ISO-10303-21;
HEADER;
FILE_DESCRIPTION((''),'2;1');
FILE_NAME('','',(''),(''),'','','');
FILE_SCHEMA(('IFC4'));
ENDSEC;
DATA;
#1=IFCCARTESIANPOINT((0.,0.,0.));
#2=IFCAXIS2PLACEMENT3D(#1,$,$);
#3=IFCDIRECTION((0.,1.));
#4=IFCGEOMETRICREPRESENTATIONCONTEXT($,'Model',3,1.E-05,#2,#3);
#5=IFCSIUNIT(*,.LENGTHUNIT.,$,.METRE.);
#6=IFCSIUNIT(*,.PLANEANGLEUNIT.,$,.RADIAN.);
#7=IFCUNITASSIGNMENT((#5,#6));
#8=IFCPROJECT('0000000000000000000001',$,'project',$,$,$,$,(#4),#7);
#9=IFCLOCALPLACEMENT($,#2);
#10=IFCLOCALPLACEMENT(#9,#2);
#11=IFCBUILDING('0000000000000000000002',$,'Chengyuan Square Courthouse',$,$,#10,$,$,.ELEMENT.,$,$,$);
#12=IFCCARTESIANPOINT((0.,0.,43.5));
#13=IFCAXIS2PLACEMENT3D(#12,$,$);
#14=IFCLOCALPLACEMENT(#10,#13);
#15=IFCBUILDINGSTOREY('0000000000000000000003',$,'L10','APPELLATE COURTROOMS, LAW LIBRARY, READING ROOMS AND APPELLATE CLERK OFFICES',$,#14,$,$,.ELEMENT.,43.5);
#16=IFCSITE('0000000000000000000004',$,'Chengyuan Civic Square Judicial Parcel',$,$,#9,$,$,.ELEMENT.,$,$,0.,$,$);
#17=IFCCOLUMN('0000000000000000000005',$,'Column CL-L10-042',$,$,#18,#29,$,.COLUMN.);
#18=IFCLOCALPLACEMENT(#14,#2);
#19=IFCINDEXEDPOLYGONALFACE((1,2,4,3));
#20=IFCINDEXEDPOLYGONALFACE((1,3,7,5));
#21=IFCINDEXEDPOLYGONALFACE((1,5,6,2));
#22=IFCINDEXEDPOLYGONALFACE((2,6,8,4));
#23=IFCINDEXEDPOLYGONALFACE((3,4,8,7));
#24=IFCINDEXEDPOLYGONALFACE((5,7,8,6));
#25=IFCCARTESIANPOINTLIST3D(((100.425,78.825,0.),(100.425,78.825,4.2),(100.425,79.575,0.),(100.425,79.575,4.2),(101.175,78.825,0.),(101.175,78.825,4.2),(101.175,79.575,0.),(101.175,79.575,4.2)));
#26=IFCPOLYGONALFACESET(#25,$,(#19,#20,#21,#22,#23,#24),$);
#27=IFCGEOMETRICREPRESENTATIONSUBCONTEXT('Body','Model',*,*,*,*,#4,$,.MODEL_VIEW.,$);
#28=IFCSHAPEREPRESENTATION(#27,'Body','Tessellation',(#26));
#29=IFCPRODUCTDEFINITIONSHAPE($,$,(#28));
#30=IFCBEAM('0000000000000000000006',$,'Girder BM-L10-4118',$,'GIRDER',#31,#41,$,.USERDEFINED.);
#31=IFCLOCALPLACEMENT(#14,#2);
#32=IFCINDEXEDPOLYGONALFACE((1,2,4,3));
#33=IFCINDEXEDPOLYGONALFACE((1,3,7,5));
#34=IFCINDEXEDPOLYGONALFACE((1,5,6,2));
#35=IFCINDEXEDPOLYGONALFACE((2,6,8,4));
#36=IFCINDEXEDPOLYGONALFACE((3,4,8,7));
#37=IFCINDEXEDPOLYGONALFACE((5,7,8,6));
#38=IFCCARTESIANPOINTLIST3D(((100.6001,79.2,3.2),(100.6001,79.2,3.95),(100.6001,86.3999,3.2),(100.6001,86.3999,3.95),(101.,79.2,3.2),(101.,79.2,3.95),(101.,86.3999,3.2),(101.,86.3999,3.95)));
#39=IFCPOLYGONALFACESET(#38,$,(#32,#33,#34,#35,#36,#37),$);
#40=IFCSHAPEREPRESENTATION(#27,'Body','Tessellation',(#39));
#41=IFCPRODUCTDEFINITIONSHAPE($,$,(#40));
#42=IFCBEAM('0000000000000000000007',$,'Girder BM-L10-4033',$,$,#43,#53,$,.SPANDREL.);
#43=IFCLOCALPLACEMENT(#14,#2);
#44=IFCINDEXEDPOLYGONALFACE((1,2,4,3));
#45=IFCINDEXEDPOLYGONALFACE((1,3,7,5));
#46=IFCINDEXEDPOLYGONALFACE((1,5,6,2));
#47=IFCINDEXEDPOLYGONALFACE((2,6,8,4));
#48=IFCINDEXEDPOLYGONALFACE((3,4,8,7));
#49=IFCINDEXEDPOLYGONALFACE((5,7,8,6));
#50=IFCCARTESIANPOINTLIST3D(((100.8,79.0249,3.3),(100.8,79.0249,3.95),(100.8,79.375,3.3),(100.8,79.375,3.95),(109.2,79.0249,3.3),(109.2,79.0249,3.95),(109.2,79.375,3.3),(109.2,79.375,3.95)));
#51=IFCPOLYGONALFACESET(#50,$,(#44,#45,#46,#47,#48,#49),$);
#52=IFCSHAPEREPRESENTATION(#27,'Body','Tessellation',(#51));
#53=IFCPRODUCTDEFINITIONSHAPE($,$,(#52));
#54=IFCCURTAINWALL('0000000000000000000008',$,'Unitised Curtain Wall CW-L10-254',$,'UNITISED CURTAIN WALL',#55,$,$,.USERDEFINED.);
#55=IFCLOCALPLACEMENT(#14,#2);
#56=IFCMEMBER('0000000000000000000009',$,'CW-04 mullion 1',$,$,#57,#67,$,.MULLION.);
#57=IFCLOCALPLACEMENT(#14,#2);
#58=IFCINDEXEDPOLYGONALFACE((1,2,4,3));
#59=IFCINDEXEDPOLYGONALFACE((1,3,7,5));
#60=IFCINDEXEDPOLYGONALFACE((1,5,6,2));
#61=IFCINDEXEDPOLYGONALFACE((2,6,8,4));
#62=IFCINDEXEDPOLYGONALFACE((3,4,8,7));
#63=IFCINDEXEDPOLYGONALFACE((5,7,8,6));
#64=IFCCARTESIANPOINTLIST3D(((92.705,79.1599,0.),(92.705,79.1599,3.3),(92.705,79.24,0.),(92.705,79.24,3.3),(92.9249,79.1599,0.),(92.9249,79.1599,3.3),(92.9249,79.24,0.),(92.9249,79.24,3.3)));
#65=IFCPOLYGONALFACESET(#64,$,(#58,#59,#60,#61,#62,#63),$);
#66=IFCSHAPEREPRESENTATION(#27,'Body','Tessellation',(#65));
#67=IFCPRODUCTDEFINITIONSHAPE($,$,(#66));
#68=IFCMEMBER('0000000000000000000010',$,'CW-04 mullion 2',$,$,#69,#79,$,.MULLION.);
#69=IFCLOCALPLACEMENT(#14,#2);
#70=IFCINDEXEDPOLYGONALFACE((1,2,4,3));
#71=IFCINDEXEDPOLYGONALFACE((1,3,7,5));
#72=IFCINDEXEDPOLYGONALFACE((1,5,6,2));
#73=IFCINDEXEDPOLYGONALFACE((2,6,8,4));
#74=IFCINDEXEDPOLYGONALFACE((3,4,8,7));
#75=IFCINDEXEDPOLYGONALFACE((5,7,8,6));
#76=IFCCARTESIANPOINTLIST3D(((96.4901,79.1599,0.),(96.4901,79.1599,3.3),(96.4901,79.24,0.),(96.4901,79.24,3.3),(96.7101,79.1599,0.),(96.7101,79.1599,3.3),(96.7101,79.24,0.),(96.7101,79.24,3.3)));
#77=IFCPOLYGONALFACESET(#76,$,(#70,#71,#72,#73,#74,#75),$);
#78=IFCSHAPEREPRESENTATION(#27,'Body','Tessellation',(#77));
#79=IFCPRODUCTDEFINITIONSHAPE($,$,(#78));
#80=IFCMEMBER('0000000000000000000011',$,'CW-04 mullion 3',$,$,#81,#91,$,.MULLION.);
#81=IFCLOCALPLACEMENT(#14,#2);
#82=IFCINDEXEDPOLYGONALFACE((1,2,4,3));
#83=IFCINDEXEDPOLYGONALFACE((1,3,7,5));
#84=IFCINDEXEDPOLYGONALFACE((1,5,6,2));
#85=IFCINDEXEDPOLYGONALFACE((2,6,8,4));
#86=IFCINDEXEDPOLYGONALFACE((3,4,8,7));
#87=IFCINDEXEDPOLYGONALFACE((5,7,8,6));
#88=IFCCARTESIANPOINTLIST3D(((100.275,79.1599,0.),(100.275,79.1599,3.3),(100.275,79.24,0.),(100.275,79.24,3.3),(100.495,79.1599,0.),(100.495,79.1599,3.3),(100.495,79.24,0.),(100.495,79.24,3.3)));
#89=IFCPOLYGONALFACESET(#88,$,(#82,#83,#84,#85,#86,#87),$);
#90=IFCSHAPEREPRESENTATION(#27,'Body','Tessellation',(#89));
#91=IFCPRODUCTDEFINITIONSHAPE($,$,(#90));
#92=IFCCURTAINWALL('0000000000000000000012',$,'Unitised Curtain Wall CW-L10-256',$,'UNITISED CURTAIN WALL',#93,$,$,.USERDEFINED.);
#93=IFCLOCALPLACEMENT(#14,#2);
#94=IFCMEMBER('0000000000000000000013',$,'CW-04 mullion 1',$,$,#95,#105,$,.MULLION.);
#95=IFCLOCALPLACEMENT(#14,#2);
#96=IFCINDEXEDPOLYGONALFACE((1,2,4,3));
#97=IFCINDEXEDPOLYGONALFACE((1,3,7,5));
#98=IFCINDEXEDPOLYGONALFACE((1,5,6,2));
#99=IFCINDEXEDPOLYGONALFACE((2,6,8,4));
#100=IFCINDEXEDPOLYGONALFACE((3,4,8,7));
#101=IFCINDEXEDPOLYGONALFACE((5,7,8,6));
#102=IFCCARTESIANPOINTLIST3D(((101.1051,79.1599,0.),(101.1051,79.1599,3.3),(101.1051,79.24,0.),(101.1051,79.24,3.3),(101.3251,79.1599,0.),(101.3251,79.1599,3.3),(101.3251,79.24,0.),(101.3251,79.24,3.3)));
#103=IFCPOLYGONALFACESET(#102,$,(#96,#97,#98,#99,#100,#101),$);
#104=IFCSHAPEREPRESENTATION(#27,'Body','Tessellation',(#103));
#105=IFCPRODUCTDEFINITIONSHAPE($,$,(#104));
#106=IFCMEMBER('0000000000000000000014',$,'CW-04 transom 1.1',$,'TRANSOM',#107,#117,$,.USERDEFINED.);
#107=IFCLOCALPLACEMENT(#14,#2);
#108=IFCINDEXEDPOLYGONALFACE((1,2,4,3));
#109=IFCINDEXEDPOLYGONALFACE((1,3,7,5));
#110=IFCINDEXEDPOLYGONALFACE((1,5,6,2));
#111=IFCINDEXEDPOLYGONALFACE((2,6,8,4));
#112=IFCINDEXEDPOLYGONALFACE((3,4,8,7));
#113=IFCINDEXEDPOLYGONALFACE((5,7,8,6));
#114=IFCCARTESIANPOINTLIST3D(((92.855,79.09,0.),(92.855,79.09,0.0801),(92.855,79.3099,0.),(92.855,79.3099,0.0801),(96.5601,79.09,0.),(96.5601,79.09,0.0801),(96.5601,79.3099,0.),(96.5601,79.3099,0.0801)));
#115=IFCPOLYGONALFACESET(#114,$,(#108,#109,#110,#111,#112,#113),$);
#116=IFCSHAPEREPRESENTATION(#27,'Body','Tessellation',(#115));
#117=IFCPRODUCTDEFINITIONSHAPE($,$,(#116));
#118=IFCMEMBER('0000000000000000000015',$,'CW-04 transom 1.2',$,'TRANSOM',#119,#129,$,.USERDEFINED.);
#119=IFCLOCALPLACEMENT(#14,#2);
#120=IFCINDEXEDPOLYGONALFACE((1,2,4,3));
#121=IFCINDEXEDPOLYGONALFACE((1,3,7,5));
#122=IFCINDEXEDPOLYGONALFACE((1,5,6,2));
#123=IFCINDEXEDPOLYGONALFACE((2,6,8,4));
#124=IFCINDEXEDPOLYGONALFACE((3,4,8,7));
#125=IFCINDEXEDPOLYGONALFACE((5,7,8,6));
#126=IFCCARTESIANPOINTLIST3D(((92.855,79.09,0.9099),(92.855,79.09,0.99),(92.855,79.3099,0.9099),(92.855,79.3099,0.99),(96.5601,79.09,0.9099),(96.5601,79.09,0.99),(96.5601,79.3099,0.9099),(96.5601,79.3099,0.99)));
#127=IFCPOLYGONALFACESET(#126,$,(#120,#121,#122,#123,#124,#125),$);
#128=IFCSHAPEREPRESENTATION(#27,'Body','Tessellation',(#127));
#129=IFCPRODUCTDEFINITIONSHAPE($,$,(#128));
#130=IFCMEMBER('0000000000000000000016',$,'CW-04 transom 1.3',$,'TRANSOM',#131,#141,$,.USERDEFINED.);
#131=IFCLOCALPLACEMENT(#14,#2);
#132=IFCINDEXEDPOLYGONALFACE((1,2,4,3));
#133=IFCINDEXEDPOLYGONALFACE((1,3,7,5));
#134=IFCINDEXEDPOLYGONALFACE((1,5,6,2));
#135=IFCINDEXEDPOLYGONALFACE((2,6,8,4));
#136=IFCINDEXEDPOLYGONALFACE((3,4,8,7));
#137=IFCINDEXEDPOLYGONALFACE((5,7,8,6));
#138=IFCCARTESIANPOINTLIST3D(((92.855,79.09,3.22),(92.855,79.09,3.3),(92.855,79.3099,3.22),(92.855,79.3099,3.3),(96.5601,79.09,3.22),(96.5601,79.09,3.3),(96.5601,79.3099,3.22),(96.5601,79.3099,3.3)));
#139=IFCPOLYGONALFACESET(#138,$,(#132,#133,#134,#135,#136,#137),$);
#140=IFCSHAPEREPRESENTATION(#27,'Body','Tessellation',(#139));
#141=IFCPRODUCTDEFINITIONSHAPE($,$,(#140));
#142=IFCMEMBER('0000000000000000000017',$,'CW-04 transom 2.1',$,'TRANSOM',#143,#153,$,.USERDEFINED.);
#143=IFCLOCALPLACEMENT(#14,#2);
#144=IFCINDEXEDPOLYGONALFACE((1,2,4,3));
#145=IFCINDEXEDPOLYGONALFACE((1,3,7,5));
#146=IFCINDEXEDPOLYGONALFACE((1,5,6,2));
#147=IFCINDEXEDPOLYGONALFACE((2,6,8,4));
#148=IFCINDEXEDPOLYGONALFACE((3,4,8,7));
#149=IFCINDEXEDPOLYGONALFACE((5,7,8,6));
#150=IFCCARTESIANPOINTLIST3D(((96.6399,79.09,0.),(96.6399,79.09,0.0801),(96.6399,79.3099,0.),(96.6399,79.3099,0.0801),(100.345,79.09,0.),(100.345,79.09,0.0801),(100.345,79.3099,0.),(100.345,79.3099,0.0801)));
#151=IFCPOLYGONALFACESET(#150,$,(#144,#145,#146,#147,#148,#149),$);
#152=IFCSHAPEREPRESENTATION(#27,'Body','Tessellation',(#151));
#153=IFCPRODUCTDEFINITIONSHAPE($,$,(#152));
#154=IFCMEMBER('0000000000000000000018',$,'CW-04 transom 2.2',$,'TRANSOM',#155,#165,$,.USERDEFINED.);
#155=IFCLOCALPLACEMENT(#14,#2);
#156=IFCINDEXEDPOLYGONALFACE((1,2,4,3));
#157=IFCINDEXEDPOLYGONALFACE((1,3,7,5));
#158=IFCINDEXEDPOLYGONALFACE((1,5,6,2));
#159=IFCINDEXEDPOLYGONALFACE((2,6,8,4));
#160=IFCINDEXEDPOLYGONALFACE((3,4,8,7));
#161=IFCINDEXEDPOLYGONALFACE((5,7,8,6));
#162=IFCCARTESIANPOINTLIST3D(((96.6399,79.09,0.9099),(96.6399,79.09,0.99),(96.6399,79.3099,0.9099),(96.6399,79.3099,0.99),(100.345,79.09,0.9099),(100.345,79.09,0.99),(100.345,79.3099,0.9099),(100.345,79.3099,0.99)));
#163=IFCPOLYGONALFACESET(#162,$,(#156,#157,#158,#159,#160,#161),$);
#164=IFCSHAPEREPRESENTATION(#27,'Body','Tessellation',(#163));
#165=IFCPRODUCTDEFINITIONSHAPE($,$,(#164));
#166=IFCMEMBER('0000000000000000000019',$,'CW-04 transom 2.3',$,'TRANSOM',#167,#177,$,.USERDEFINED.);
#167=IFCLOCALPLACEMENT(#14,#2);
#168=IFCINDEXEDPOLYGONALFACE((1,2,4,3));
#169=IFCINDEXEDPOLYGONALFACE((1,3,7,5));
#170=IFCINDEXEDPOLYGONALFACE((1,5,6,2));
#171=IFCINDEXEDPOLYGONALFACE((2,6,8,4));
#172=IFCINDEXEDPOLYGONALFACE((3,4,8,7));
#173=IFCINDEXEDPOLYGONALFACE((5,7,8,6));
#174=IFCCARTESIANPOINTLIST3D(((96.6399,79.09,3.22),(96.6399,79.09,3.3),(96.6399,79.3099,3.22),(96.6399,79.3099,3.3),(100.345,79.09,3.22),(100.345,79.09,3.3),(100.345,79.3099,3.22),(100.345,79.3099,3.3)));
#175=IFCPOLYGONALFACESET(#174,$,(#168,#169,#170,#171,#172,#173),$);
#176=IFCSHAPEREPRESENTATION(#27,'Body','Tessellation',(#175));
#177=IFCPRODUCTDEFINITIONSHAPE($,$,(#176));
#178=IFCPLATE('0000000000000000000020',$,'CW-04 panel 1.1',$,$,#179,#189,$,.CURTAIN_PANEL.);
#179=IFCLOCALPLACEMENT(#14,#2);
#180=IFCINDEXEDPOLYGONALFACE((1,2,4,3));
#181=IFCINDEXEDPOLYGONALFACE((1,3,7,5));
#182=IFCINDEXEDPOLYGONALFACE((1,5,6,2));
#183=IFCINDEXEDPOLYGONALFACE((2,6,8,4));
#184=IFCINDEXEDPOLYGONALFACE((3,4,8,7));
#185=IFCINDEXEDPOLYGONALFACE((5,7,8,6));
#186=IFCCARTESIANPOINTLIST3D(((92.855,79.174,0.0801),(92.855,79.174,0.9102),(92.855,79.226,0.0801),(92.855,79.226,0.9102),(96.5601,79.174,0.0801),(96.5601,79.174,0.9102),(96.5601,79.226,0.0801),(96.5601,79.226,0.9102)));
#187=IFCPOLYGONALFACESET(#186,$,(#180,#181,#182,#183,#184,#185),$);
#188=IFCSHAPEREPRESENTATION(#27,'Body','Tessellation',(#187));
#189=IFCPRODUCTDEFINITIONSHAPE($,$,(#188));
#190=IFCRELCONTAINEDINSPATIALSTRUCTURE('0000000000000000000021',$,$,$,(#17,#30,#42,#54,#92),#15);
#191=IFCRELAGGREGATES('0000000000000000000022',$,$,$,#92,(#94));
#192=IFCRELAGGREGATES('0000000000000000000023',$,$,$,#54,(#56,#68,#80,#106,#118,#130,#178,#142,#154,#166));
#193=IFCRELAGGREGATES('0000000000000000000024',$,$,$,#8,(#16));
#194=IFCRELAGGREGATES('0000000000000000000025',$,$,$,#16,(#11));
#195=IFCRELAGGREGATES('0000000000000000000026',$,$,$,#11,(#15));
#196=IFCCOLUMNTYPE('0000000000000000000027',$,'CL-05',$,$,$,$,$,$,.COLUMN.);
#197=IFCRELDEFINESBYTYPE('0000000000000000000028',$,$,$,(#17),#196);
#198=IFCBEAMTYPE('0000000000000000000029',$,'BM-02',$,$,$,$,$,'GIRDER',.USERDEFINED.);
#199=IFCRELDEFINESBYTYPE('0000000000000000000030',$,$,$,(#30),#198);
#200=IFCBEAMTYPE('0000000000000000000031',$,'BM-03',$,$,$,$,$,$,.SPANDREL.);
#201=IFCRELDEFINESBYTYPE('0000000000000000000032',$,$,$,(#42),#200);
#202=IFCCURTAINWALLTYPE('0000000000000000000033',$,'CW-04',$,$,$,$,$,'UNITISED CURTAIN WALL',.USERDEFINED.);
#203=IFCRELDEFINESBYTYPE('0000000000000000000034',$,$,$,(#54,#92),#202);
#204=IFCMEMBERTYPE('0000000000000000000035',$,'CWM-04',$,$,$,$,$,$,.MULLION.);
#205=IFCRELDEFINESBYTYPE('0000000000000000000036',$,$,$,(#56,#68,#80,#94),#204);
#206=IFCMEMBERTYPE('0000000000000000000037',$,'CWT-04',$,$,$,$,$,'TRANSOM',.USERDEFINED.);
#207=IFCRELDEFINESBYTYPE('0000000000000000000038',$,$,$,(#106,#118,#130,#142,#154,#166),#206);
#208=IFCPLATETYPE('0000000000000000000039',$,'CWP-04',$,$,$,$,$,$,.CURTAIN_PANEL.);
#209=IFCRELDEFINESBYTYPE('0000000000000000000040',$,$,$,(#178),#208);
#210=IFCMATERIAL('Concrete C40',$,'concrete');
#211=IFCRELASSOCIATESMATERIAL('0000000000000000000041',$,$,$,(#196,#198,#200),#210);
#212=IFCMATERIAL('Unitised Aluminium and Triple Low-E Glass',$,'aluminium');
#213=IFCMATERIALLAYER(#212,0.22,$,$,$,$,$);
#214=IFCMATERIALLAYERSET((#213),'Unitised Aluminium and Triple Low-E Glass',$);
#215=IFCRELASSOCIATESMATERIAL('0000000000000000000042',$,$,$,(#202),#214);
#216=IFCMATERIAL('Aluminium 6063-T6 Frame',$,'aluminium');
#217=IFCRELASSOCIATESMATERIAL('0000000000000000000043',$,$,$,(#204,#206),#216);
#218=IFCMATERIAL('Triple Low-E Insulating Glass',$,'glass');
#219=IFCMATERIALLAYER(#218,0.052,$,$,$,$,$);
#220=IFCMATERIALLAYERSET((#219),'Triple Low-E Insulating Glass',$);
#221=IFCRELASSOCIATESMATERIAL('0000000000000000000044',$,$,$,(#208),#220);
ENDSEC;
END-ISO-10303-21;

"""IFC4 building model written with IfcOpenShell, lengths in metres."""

from ifc_helpers import new_model, si_unit, direction, frame, origin, origin_2d, place, context, subcontext, project, spatial, rectangle, extrude, material, layer, layer_set, material_profile, profile_set, type_object, element, aggregate, save


model = new_model("IFC4")

# Units and contexts
model_context = context("Model", 3, precision=1e-05, world=origin(), true_north=direction((0.0, 1.0)))
body_context = subcontext(model_context, "Body", "Model", "MODEL_VIEW")
ifc_project = project(units=[si_unit("LENGTHUNIT", "METRE"), si_unit("PLANEANGLEUNIT", "RADIAN")], contexts=[model_context])

# Site, building, storey
site_placement = place(None, origin())
site = spatial("IfcSite", under=ifc_project, at=site_placement, Name="Chengyuan Civic Square Judicial Parcel", CompositionType="ELEMENT", RefElevation=0.0)
building_placement = place(site_placement, origin())
building = spatial("IfcBuilding", under=site, at=building_placement, Name="Chengyuan Square Courthouse", CompositionType="ELEMENT")
storey_placement = place(building_placement, frame((0.0, 0.0, 43.5)))
storey = spatial("IfcBuildingStorey", under=building, at=storey_placement, Name="L10", Description="APPELLATE COURTROOMS, LAW LIBRARY, READING ROOMS AND APPELLATE CLERK OFFICES", CompositionType="ELEMENT", Elevation=43.5)

# Column
ifc_material_1 = material(Name="Concrete C40", Category="concrete")
ifc_material_profile_1 = material_profile(ifc_material_1, rectangle(XDim=0.75, YDim=0.75, at=origin_2d()), Name="RC-COL-750x750")
ifc_profile_set_1 = profile_set([ifc_material_profile_1], Name="Concrete C40")
column_type = type_object("IfcColumnType", Name="CL-05", PredefinedType="COLUMN", material=ifc_profile_set_1)
column_placement = place(storey_placement, frame((100.8, 79.2, 0.0), z_axis=(0.0, 0.0, 1.0), x_axis=(1.0, 0.0, 0.0)))
element("IfcColumn", 1, at=column_placement, inside=storey, type_object=column_type, Name="Column CL-L10-042", PredefinedType="COLUMN", context=body_context, shape_type="SweptSolid", body=[
    extrude(rectangle(XDim=0.75, YDim=0.75, at=origin_2d()), origin(), (0.0, 0.0, 1.0), 4.2),
])

# Beams
ifc_material_profile_2 = material_profile(ifc_material_1, rectangle(XDim=0.3999, YDim=0.75, at=origin_2d()), Name="RC-BM-400x750")
ifc_profile_set_2 = profile_set([ifc_material_profile_2], Name="Concrete C40")
beam_type_1 = type_object("IfcBeamType", Name="BM-02", ElementType="GIRDER", PredefinedType="USERDEFINED", material=ifc_profile_set_2)
beam_1_placement = place(storey_placement, frame((100.8, 79.2, 3.575), z_axis=(0.0, 1.0, 0.0), x_axis=(-1.0, 0.0, 0.0)))
element("IfcBeam", 2, at=beam_1_placement, inside=storey, type_object=beam_type_1, Name="Girder BM-L10-4118", ObjectType="GIRDER", PredefinedType="USERDEFINED", context=body_context, shape_type="SweptSolid", body=[
    extrude(rectangle(XDim=0.3999, YDim=0.75, at=origin_2d()), origin(), (0.0, 0.0, 1.0), 7.2),
])
ifc_material_profile_3 = material_profile(ifc_material_1, rectangle(XDim=0.3501, YDim=0.6499, at=origin_2d()), Name="RC-BM-350x650")
ifc_profile_set_3 = profile_set([ifc_material_profile_3], Name="Concrete C40")
beam_type_2 = type_object("IfcBeamType", Name="BM-03", PredefinedType="SPANDREL", material=ifc_profile_set_3)
beam_2_placement = place(storey_placement, frame((100.8, 79.2, 3.625), z_axis=(1.0, 0.0, 0.0), x_axis=(0.0, 1.0, 0.0)))
element("IfcBeam", 3, at=beam_2_placement, inside=storey, type_object=beam_type_2, Name="Girder BM-L10-4033", PredefinedType="SPANDREL", context=body_context, shape_type="SweptSolid", body=[
    extrude(rectangle(XDim=0.3501, YDim=0.6499, at=origin_2d()), origin(), (0.0, 0.0, 1.0), 8.3999),
])

# Curtain wall, members
ifc_material_2 = material(Name="Unitised Aluminium and Triple Low-E Glass", Category="aluminium")
ifc_layer_1 = layer(ifc_material_2, 0.22)
ifc_layer_set_1 = layer_set([ifc_layer_1], Name="Unitised Aluminium and Triple Low-E Glass")
curtain_wall_type = type_object("IfcCurtainWallType", Name="CW-04", ElementType="UNITISED CURTAIN WALL", PredefinedType="USERDEFINED", material=ifc_layer_set_1)
curtain_wall_1_placement = place(storey_placement, origin())
curtain_wall_1 = element("IfcCurtainWall", 4, at=curtain_wall_1_placement, inside=storey, type_object=curtain_wall_type, Name="Unitised Curtain Wall CW-L10-254", ObjectType="UNITISED CURTAIN WALL", PredefinedType="USERDEFINED")
ifc_material_3 = material(Name="Aluminium 6063-T6 Frame", Category="aluminium")
ifc_material_profile_4 = material_profile(ifc_material_3, rectangle(XDim=0.0801, YDim=0.22, at=origin_2d()), Name="CW-MUL-80x220")
ifc_profile_set_4 = profile_set([ifc_material_profile_4], Name="Aluminium 6063-T6 Frame")
member_type_1 = type_object("IfcMemberType", Name="CWM-04", PredefinedType="MULLION", material=ifc_profile_set_4)
member_1_placement = place(storey_placement, frame((92.8149, 79.2, 0.0), z_axis=(0.0, 0.0, 1.0), x_axis=(0.0, 1.0, 0.0)))
member_1 = element("IfcMember", 5, at=member_1_placement, type_object=member_type_1, Name="CW-04 mullion 1", PredefinedType="MULLION", context=body_context, shape_type="SweptSolid", body=[
    extrude(rectangle(XDim=0.0801, YDim=0.22, at=origin_2d()), origin(), (0.0, 0.0, 1.0), 3.3),
])
member_2_placement = place(storey_placement, frame((96.6001, 79.2, 0.0), z_axis=(0.0, 0.0, 1.0), x_axis=(0.0, 1.0, 0.0)))
member_2 = element("IfcMember", 6, at=member_2_placement, type_object=member_type_1, Name="CW-04 mullion 2", PredefinedType="MULLION", context=body_context, shape_type="SweptSolid", body=[
    extrude(rectangle(XDim=0.0801, YDim=0.22, at=origin_2d()), origin(), (0.0, 0.0, 1.0), 3.3),
])
member_3_placement = place(storey_placement, frame((100.385, 79.2, 0.0), z_axis=(0.0, 0.0, 1.0), x_axis=(0.0, 1.0, 0.0)))
member_3 = element("IfcMember", 7, at=member_3_placement, type_object=member_type_1, Name="CW-04 mullion 3", PredefinedType="MULLION", context=body_context, shape_type="SweptSolid", body=[
    extrude(rectangle(XDim=0.0801, YDim=0.22, at=origin_2d()), origin(), (0.0, 0.0, 1.0), 3.3),
])

# Curtain wall, member
curtain_wall_2_placement = place(storey_placement, origin())
curtain_wall_2 = element("IfcCurtainWall", 8, at=curtain_wall_2_placement, inside=storey, type_object=curtain_wall_type, Name="Unitised Curtain Wall CW-L10-256", ObjectType="UNITISED CURTAIN WALL", PredefinedType="USERDEFINED")
member_4_placement = place(storey_placement, frame((101.2151, 79.2, 0.0), z_axis=(0.0, 0.0, 1.0), x_axis=(0.0, 1.0, 0.0)))
member_4 = element("IfcMember", 9, at=member_4_placement, type_object=member_type_1, Name="CW-04 mullion 1", PredefinedType="MULLION", context=body_context, shape_type="SweptSolid", body=[
    extrude(rectangle(XDim=0.0801, YDim=0.22, at=origin_2d()), origin(), (0.0, 0.0, 1.0), 3.3),
])
aggregate(curtain_wall_2, [member_4])

# Members
ifc_material_profile_5 = material_profile(ifc_material_3, rectangle(XDim=0.22, YDim=0.0801, at=origin_2d()), Name="CW-TRN-80x180")
ifc_profile_set_5 = profile_set([ifc_material_profile_5], Name="Aluminium 6063-T6 Frame")
member_type_2 = type_object("IfcMemberType", Name="CWT-04", ElementType="TRANSOM", PredefinedType="USERDEFINED", material=ifc_profile_set_5)
member_5_placement = place(storey_placement, frame((92.855, 79.2, 0.04), z_axis=(1.0, 0.0, 0.0), x_axis=(0.0, 1.0, 0.0)))
member_5 = element("IfcMember", 10, at=member_5_placement, type_object=member_type_2, Name="CW-04 transom 1.1", ObjectType="TRANSOM", PredefinedType="USERDEFINED", context=body_context, shape_type="SweptSolid", body=[
    extrude(rectangle(XDim=0.22, YDim=0.0801, at=origin_2d()), origin(), (0.0, 0.0, 1.0), 3.7051),
])
member_6_placement = place(storey_placement, frame((92.855, 79.2, 0.95), z_axis=(1.0, 0.0, 0.0), x_axis=(0.0, 1.0, 0.0)))
member_6 = element("IfcMember", 11, at=member_6_placement, type_object=member_type_2, Name="CW-04 transom 1.2", ObjectType="TRANSOM", PredefinedType="USERDEFINED", context=body_context, shape_type="SweptSolid", body=[
    extrude(rectangle(XDim=0.22, YDim=0.0801, at=origin_2d()), origin(), (0.0, 0.0, 1.0), 3.7051),
])
member_7_placement = place(storey_placement, frame((92.855, 79.2, 3.26), z_axis=(1.0, 0.0, 0.0), x_axis=(0.0, 1.0, 0.0)))
member_7 = element("IfcMember", 12, at=member_7_placement, type_object=member_type_2, Name="CW-04 transom 1.3", ObjectType="TRANSOM", PredefinedType="USERDEFINED", context=body_context, shape_type="SweptSolid", body=[
    extrude(rectangle(XDim=0.22, YDim=0.0801, at=origin_2d()), origin(), (0.0, 0.0, 1.0), 3.7051),
])
member_8_placement = place(storey_placement, frame((96.6399, 79.2, 0.04), z_axis=(1.0, 0.0, 0.0), x_axis=(0.0, 1.0, 0.0)))
member_8 = element("IfcMember", 13, at=member_8_placement, type_object=member_type_2, Name="CW-04 transom 2.1", ObjectType="TRANSOM", PredefinedType="USERDEFINED", context=body_context, shape_type="SweptSolid", body=[
    extrude(rectangle(XDim=0.22, YDim=0.0801, at=origin_2d()), origin(), (0.0, 0.0, 1.0), 3.7051),
])
member_9_placement = place(storey_placement, frame((96.6399, 79.2, 0.95), z_axis=(1.0, 0.0, 0.0), x_axis=(0.0, 1.0, 0.0)))
member_9 = element("IfcMember", 14, at=member_9_placement, type_object=member_type_2, Name="CW-04 transom 2.2", ObjectType="TRANSOM", PredefinedType="USERDEFINED", context=body_context, shape_type="SweptSolid", body=[
    extrude(rectangle(XDim=0.22, YDim=0.0801, at=origin_2d()), origin(), (0.0, 0.0, 1.0), 3.7051),
])
member_10_placement = place(storey_placement, frame((96.6399, 79.2, 3.26), z_axis=(1.0, 0.0, 0.0), x_axis=(0.0, 1.0, 0.0)))
member_10 = element("IfcMember", 15, at=member_10_placement, type_object=member_type_2, Name="CW-04 transom 2.3", ObjectType="TRANSOM", PredefinedType="USERDEFINED", context=body_context, shape_type="SweptSolid", body=[
    extrude(rectangle(XDim=0.22, YDim=0.0801, at=origin_2d()), origin(), (0.0, 0.0, 1.0), 3.7051),
])

# Plate
ifc_material_4 = material(Name="Triple Low-E Insulating Glass", Category="glass")
ifc_layer_2 = layer(ifc_material_4, 0.052)
ifc_layer_set_2 = layer_set([ifc_layer_2], Name="Triple Low-E Insulating Glass")
plate_type = type_object("IfcPlateType", Name="CWP-04", PredefinedType="CURTAIN_PANEL", material=ifc_layer_set_2)
plate_1_placement = place(storey_placement, frame((94.7075, 79.2, 0.0801), z_axis=(0.0, 0.0, 1.0), x_axis=(1.0, 0.0, 0.0)))
plate_1 = element("IfcPlate", 16, at=plate_1_placement, type_object=plate_type, Name="CW-04 panel 1.1", PredefinedType="CURTAIN_PANEL", context=body_context, shape_type="SweptSolid", body=[
    extrude(rectangle(XDim=3.7051, YDim=0.052, at=origin_2d()), origin(), (0.0, 0.0, 1.0), 0.8301),
])
aggregate(curtain_wall_1, [member_1, member_2, member_3, member_5, member_6, member_7, plate_1, member_8, member_9, member_10])

save(model, "model.ifc")
